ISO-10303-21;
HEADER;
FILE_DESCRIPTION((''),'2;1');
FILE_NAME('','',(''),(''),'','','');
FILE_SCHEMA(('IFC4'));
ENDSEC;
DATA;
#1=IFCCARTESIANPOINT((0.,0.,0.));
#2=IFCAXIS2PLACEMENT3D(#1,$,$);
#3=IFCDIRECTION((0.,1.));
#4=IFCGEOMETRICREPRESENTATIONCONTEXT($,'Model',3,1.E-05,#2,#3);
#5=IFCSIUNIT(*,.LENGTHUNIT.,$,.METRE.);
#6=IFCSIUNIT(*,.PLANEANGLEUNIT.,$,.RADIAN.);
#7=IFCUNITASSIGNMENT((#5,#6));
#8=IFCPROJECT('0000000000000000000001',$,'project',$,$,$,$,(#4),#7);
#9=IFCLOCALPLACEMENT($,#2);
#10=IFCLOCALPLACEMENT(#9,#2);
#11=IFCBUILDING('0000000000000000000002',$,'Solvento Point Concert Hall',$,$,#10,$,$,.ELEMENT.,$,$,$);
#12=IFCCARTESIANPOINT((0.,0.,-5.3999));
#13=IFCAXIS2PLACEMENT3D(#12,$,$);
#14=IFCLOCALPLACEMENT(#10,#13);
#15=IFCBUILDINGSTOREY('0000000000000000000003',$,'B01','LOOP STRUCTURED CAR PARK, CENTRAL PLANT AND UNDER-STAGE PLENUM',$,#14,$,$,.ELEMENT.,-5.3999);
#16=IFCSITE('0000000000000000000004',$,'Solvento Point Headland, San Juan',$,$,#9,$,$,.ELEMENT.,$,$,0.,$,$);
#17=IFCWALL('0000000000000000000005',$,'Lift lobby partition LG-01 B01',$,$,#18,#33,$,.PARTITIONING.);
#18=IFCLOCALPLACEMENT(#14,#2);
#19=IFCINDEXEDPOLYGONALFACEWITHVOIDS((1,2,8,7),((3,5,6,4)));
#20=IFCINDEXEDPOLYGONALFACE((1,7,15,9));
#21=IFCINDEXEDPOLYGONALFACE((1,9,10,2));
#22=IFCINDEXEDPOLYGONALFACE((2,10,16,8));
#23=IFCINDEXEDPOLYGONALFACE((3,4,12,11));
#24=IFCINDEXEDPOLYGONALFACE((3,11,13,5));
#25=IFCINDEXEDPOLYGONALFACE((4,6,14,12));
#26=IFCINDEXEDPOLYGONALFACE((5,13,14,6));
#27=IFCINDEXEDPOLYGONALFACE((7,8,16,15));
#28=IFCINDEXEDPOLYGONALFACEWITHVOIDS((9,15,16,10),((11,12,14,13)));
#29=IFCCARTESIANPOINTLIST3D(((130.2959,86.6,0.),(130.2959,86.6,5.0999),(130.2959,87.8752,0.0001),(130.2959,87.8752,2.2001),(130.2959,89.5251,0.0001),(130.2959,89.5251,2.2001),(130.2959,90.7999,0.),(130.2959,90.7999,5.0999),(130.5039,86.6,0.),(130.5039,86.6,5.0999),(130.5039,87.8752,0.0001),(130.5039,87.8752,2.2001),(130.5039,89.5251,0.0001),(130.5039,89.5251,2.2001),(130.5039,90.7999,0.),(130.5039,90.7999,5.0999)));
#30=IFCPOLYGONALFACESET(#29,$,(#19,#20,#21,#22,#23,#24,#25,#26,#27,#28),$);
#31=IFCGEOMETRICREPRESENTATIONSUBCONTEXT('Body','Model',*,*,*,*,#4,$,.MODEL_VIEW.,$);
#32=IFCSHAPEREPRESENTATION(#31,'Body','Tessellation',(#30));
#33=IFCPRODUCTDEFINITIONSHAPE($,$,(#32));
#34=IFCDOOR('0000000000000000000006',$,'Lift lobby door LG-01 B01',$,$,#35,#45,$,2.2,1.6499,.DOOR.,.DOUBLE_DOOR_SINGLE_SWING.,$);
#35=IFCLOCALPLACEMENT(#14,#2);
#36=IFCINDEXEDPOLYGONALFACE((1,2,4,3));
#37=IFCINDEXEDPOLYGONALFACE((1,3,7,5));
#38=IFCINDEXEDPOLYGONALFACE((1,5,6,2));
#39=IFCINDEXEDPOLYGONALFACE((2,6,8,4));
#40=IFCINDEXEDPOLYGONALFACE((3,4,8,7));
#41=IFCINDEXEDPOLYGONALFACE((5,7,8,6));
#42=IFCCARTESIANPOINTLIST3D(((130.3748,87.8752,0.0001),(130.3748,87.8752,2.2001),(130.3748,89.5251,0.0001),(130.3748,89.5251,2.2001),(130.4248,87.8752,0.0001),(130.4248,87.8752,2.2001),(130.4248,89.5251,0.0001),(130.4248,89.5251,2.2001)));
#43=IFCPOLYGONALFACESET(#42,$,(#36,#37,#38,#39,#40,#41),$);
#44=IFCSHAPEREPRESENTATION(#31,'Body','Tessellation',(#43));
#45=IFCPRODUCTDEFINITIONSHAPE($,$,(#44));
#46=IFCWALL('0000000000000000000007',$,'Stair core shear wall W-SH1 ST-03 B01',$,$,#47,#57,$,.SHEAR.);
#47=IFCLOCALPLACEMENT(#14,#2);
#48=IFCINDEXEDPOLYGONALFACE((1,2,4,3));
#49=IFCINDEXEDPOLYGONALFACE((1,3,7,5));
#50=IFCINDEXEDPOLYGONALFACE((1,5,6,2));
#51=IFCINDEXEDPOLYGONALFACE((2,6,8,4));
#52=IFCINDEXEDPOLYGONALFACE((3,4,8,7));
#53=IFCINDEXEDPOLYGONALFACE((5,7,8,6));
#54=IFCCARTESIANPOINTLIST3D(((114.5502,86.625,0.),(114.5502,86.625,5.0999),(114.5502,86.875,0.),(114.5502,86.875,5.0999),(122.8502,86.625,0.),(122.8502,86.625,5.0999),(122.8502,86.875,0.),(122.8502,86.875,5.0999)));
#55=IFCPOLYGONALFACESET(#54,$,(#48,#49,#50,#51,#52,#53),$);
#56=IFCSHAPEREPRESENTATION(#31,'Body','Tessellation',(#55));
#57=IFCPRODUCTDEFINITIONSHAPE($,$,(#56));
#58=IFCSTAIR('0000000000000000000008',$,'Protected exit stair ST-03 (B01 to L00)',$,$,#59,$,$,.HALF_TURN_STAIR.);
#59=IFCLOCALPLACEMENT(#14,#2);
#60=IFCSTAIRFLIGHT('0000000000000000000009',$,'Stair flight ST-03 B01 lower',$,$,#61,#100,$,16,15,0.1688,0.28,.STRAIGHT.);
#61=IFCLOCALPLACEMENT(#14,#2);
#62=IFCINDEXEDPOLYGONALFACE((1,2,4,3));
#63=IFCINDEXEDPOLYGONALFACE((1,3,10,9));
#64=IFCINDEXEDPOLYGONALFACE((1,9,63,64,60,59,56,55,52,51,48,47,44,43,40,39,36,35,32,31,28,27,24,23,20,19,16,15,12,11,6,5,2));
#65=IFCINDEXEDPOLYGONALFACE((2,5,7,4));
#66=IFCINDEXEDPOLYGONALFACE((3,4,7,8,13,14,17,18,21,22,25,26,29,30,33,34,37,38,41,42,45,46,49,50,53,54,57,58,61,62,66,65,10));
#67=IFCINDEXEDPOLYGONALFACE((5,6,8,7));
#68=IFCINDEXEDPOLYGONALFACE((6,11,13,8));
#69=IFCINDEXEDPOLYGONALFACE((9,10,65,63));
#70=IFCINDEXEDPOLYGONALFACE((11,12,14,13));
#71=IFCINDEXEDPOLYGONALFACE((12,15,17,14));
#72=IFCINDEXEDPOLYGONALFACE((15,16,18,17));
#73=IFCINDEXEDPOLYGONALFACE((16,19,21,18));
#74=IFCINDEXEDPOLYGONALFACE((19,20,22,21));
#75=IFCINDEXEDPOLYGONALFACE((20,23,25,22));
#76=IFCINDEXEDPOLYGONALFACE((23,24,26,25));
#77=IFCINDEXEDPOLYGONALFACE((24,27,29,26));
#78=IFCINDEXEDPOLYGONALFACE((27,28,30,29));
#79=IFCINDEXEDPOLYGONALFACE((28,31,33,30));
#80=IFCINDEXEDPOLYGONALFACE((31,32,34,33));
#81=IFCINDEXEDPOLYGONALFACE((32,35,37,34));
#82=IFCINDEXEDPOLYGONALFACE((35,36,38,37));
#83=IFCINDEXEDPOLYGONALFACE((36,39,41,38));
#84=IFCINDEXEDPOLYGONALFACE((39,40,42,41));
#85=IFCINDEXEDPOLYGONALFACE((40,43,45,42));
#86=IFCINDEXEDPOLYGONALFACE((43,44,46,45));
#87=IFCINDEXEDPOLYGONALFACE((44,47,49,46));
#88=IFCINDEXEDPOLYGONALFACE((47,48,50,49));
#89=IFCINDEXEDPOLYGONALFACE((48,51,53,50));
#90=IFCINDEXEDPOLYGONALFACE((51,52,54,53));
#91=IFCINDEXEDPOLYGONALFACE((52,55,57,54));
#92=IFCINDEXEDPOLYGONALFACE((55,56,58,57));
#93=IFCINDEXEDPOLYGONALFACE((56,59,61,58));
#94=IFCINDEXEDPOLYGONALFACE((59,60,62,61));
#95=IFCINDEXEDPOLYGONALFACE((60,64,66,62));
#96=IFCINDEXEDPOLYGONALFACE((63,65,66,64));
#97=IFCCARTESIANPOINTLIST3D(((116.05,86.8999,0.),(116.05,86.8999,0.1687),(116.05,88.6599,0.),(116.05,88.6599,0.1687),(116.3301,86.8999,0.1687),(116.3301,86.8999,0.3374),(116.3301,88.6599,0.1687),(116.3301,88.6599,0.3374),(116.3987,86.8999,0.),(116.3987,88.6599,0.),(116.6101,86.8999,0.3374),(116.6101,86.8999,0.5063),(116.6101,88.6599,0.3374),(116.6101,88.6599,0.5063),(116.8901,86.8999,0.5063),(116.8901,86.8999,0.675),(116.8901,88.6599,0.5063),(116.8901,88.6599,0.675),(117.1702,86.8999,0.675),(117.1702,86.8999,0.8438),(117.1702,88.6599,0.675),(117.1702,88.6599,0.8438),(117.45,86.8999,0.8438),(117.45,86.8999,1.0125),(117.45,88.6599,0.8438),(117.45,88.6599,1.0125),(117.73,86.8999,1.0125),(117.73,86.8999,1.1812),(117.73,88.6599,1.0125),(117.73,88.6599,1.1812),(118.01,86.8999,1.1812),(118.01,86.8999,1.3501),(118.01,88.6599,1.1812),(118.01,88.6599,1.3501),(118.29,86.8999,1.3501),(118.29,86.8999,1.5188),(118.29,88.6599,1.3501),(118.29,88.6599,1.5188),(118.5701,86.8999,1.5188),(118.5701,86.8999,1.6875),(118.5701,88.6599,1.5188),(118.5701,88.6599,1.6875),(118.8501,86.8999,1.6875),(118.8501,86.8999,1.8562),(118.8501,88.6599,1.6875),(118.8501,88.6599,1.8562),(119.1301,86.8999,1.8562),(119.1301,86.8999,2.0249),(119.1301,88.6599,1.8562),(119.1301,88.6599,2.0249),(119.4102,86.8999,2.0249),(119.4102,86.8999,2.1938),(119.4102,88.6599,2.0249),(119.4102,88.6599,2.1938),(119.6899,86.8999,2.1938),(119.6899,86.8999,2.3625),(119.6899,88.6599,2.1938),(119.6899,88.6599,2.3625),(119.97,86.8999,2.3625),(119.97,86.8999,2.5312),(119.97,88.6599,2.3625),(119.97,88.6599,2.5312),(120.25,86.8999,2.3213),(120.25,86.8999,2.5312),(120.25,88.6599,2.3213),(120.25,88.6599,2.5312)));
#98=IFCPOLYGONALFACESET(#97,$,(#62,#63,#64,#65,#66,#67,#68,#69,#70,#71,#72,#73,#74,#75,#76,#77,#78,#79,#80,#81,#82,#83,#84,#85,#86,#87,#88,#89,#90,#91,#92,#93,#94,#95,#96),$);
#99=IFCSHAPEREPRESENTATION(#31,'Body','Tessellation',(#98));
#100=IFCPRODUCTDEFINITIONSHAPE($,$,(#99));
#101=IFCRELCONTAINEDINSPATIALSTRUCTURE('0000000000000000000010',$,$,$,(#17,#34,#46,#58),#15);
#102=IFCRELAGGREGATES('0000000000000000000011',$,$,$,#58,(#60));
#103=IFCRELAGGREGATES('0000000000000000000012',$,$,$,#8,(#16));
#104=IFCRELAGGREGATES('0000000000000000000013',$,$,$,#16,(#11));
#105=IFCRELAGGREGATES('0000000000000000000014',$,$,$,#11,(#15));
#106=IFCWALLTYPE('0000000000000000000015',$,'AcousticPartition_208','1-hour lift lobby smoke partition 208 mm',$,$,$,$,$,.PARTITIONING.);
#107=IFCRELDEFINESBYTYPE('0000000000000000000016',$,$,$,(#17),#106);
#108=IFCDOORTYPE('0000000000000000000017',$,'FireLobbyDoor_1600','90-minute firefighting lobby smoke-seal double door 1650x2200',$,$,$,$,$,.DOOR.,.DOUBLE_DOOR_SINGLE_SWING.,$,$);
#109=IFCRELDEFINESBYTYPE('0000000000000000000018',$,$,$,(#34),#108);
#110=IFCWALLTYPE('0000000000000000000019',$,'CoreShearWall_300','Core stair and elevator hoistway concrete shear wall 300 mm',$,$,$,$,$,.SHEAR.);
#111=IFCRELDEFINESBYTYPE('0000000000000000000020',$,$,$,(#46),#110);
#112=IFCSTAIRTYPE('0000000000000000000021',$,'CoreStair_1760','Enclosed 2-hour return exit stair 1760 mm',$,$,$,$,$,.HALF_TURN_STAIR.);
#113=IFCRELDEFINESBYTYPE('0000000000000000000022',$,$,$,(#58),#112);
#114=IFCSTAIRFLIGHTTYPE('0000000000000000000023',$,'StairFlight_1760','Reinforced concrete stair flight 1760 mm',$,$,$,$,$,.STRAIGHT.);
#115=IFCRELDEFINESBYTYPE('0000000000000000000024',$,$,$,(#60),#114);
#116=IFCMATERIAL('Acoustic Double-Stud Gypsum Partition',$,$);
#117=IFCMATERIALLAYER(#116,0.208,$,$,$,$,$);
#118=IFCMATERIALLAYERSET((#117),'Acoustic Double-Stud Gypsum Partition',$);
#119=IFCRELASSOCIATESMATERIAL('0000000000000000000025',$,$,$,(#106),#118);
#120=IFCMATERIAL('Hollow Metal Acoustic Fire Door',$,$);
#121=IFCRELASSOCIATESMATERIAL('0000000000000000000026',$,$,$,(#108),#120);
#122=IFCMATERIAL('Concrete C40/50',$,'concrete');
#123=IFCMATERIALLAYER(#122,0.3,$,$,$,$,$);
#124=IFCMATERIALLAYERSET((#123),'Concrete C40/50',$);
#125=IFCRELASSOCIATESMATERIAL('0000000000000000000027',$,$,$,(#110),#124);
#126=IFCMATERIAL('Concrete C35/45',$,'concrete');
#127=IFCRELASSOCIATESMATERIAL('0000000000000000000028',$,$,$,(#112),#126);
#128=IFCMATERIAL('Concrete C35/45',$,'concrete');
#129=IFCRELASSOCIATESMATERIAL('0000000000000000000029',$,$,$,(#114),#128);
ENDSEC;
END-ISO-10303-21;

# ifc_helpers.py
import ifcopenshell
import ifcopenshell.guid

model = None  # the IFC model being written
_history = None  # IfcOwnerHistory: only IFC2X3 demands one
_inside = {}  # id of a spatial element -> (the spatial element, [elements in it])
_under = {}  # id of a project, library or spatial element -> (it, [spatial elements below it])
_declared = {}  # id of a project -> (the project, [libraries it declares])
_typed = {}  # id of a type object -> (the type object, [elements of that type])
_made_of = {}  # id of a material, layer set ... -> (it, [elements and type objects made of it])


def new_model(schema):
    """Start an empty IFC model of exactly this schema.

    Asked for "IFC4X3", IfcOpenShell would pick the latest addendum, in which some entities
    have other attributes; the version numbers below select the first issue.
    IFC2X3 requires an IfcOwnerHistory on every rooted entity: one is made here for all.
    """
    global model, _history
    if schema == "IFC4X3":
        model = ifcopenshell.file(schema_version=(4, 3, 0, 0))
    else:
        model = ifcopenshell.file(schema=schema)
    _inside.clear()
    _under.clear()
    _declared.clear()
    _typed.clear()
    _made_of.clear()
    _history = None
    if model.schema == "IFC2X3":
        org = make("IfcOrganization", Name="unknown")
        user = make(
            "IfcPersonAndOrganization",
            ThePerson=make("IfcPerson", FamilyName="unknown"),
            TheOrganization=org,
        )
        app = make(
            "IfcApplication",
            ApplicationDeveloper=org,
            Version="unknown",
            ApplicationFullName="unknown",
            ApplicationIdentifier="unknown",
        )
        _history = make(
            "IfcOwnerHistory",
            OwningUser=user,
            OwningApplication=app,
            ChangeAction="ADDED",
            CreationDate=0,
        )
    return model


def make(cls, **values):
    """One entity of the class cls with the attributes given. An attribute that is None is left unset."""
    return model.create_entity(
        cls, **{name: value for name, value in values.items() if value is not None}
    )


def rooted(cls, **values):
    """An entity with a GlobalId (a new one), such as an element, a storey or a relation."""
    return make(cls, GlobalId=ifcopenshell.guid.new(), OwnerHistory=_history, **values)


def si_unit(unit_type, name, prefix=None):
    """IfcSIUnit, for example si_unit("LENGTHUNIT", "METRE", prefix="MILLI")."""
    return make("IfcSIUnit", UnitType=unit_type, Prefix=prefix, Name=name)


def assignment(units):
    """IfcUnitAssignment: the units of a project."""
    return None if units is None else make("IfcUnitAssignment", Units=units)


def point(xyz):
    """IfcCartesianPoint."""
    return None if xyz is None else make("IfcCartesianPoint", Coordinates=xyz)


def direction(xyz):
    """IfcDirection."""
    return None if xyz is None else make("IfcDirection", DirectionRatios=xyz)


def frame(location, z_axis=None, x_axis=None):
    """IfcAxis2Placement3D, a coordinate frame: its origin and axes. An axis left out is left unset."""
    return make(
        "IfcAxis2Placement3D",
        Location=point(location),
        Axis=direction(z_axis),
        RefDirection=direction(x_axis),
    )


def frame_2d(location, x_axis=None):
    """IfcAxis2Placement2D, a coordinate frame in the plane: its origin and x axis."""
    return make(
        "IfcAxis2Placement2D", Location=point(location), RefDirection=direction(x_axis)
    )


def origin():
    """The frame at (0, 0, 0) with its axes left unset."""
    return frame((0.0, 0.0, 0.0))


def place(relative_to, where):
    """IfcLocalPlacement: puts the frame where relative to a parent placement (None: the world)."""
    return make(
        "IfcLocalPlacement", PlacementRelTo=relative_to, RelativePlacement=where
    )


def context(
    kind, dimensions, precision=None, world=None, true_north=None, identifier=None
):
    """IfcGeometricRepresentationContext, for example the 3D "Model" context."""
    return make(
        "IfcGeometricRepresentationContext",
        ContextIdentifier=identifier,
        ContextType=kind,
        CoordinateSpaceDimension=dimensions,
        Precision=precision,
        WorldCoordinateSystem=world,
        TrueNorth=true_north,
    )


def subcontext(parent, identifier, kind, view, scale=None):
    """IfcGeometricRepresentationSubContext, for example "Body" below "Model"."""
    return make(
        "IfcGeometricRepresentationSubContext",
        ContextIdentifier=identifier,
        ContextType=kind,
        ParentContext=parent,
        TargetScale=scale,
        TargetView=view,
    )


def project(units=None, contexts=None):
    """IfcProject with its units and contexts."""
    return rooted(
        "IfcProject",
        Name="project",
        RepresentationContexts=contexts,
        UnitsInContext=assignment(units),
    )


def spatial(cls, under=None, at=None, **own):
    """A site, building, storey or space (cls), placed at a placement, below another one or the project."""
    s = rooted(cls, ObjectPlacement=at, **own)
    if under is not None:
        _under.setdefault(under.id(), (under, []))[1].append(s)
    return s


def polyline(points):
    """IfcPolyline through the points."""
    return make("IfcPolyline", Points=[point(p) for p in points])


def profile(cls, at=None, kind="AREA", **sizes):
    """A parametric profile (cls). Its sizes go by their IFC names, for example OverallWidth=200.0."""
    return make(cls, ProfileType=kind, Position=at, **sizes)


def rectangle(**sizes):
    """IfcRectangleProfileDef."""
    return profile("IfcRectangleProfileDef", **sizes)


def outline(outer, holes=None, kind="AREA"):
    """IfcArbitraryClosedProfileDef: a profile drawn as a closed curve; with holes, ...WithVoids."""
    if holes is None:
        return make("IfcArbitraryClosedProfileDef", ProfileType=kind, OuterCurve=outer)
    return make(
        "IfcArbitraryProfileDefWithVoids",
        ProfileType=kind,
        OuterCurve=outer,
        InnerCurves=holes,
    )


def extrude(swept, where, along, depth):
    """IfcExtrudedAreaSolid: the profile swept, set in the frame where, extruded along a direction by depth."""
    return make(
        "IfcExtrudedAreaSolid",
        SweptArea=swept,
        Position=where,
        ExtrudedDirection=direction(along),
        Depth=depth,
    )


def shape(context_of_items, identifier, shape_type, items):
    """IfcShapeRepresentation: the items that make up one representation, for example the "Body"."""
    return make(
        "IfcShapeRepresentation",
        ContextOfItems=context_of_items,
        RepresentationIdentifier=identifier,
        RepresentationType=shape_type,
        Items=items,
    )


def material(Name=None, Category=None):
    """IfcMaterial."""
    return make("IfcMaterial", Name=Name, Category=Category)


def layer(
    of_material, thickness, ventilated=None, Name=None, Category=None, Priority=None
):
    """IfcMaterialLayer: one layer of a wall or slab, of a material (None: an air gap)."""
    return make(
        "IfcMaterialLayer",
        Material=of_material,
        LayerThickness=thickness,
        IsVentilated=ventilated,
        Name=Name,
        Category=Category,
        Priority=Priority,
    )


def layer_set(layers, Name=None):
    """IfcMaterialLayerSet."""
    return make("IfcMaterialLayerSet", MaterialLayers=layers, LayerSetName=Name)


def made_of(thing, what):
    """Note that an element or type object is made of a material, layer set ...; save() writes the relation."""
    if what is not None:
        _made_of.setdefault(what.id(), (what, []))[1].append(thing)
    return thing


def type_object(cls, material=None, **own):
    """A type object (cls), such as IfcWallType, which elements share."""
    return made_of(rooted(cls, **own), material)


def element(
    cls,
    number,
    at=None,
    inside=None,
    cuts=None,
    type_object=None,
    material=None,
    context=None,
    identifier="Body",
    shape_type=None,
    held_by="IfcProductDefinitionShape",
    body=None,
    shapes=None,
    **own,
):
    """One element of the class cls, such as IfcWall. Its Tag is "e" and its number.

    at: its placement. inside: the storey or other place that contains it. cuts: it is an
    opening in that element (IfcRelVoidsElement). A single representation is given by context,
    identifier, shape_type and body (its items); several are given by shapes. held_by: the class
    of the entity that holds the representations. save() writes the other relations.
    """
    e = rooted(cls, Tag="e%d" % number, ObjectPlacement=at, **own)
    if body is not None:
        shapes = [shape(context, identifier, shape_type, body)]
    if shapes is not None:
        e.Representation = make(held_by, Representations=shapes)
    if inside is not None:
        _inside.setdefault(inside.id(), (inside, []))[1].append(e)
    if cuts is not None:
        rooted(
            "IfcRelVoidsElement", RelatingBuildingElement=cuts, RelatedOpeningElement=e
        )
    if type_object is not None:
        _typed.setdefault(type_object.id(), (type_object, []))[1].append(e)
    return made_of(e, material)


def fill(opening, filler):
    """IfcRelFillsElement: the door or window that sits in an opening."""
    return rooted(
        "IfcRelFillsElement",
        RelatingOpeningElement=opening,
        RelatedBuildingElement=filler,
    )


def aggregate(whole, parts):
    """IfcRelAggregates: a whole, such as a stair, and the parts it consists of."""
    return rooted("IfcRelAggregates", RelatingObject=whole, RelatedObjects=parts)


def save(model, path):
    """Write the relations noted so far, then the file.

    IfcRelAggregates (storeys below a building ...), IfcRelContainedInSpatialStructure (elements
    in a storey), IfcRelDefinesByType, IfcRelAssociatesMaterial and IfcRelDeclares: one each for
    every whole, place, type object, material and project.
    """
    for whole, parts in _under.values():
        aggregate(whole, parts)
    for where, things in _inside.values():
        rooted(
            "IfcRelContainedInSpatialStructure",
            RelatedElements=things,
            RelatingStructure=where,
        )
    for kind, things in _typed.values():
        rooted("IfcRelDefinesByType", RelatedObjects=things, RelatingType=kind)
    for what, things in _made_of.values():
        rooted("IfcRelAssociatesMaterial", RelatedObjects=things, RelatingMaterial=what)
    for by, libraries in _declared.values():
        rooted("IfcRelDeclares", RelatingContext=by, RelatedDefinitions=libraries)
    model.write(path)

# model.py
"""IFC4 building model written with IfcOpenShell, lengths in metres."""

from ifc_helpers import new_model, si_unit, direction, frame, frame_2d, origin, place, context, subcontext, project, spatial, polyline, rectangle, outline, extrude, material, layer, layer_set, type_object, element, fill, aggregate, save


model = new_model("IFC4")

# Units and contexts
model_context = context("Model", 3, precision=1e-05, world=origin(), true_north=direction((0.0, 1.0)))
body_context = subcontext(model_context, "Body", "Model", "MODEL_VIEW")
ifc_project = project(units=[si_unit("LENGTHUNIT", "METRE"), si_unit("PLANEANGLEUNIT", "RADIAN")], contexts=[model_context])

# Site, building, storey
site_placement = place(None, origin())
site = spatial("IfcSite", under=ifc_project, at=site_placement, Name="Solvento Point Headland, San Juan", CompositionType="ELEMENT", RefElevation=0.0)
building_placement = place(site_placement, origin())
building = spatial("IfcBuilding", under=site, at=building_placement, Name="Solvento Point Concert Hall", CompositionType="ELEMENT")
storey_placement = place(building_placement, frame((0.0, 0.0, -5.3999)))
storey = spatial("IfcBuildingStorey", under=building, at=storey_placement, Name="B01", Description="LOOP STRUCTURED CAR PARK, CENTRAL PLANT AND UNDER-STAGE PLENUM", CompositionType="ELEMENT", Elevation=-5.3999)

# Wall, opening, door
ifc_material_1 = material(Name="Acoustic Double-Stud Gypsum Partition")
ifc_layer_1 = layer(ifc_material_1, 0.208)
ifc_layer_set_1 = layer_set([ifc_layer_1], Name="Acoustic Double-Stud Gypsum Partition")
wall_type_1 = type_object("IfcWallType", Name="AcousticPartition_208", Description="1-hour lift lobby smoke partition 208 mm", PredefinedType="PARTITIONING", material=ifc_layer_set_1)
wall_1_placement = place(storey_placement, frame((130.3999, 90.8, 0.0), z_axis=(0.0, 0.0, 1.0), x_axis=(0.0, -1.0, 0.0)))
wall_1 = element("IfcWall", 1, at=wall_1_placement, inside=storey, type_object=wall_type_1, Name="Lift lobby partition LG-01 B01", PredefinedType="PARTITIONING", context=body_context, shape_type="SweptSolid", body=[
    extrude(rectangle(XDim=4.2, YDim=0.208, at=frame_2d((2.1001, 0.0))), origin(), (0.0, 0.0, 1.0), 5.0999),
])
opening_placement = place(wall_1_placement, frame((1.2749, 0.0, 0.0)))
opening = element("IfcOpeningElement", 2, at=opening_placement, cuts=wall_1, PredefinedType="OPENING", context=body_context, shape_type="SweptSolid", body=[
    extrude(rectangle(XDim=1.6499, YDim=2.2, at=frame_2d((0.825, 1.1001))), frame((0.0, 0.114, 0.0), z_axis=(0.0, -1.0, 0.0), x_axis=(1.0, 0.0, 0.0)), (0.0, 0.0, 1.0), 0.228),
])
ifc_material_2 = material(Name="Hollow Metal Acoustic Fire Door")
door_type = type_object("IfcDoorType", Name="FireLobbyDoor_1600", Description="90-minute firefighting lobby smoke-seal double door 1650x2200", OperationType="DOUBLE_DOOR_SINGLE_SWING", PredefinedType="DOOR", material=ifc_material_2)
door_placement = place(opening_placement, origin())
door = element("IfcDoor", 3, at=door_placement, inside=storey, type_object=door_type, Name="Lift lobby door LG-01 B01", OperationType="DOUBLE_DOOR_SINGLE_SWING", OverallHeight=2.2, OverallWidth=1.6499, PredefinedType="DOOR", context=body_context, shape_type="SweptSolid", body=[
    extrude(rectangle(XDim=1.6499, YDim=2.2, at=frame_2d((0.825, 1.1001))), frame((0.0, 0.0249, 0.0), z_axis=(0.0, -1.0, 0.0), x_axis=(1.0, 0.0, 0.0)), (0.0, 0.0, 1.0), 0.05),
])
fill(opening, door)

# Wall
ifc_material_3 = material(Name="Concrete C40/50", Category="concrete")
ifc_layer_2 = layer(ifc_material_3, 0.3)
ifc_layer_set_2 = layer_set([ifc_layer_2], Name="Concrete C40/50")
wall_type_2 = type_object("IfcWallType", Name="CoreShearWall_300", Description="Core stair and elevator hoistway concrete shear wall 300 mm", PredefinedType="SHEAR", material=ifc_layer_set_2)
wall_2_placement = place(storey_placement, frame((122.8501, 86.75, 0.0), z_axis=(0.0, 0.0, 1.0), x_axis=(-1.0, 0.0, 0.0)))
element("IfcWall", 4, at=wall_2_placement, inside=storey, type_object=wall_type_2, Name="Stair core shear wall W-SH1 ST-03 B01", PredefinedType="SHEAR", context=body_context, shape_type="SweptSolid", body=[
    extrude(rectangle(XDim=8.3, YDim=0.25, at=frame_2d((4.1499, 0.0))), origin(), (0.0, 0.0, 1.0), 5.0999),
])

# Stair, stair flight
ifc_material_4 = material(Name="Concrete C35/45", Category="concrete")
stair_type = type_object("IfcStairType", Name="CoreStair_1760", Description="Enclosed 2-hour return exit stair 1760 mm", PredefinedType="HALF_TURN_STAIR", material=ifc_material_4)
stair_placement = place(storey_placement, origin())
stair = element("IfcStair", 5, at=stair_placement, inside=storey, type_object=stair_type, Name="Protected exit stair ST-03 (B01 to L00)", PredefinedType="HALF_TURN_STAIR")
ifc_material_5 = material(Name="Concrete C35/45", Category="concrete")
stair_flight_type = type_object("IfcStairFlightType", Name="StairFlight_1760", Description="Reinforced concrete stair flight 1760 mm", PredefinedType="STRAIGHT", material=ifc_material_5)
stair_flight_placement = place(storey_placement, frame((116.05, 87.78, 0.0), z_axis=(0.0, 0.0, 1.0), x_axis=(1.0, 0.0, 0.0)))
stair_flight = element("IfcStairFlight", 6, at=stair_flight_placement, type_object=stair_flight_type, Name="Stair flight ST-03 B01 lower", NumberOfRisers=16, NumberOfTreads=15, PredefinedType="STRAIGHT", RiserHeight=0.1688, TreadLength=0.28, context=body_context, shape_type="SweptSolid", body=[
    extrude(outline(polyline([(0.0, 0.0), (0.0, 0.1687), (0.28, 0.1687), (0.28, 0.3374), (0.5601, 0.3374), (0.5601, 0.5063), (0.8401, 0.5063), (0.8401, 0.675), (1.1201, 0.675), (1.1201, 0.8438), (1.3999, 0.8438), (1.3999, 1.0125), (1.6799, 1.0125), (1.6799, 1.1812), (1.96, 1.1812), (1.96, 1.3501), (2.24, 1.3501), (2.24, 1.5188), (2.52, 1.5188), (2.52, 1.6875), (2.8, 1.6875), (2.8, 1.8562), (3.0801, 1.8562), (3.0801, 2.0249), (3.3601, 2.0249), (3.3601, 2.1938), (3.6399, 2.1938), (3.6399, 2.3625), (3.9199, 2.3625), (3.9199, 2.5312), (4.2, 2.5312), (4.2, 2.7), (4.2, 2.3213), (0.3486, 0.0), (0.0, 0.0)])), frame((0.0, 0.8799, 0.0), z_axis=(0.0, -1.0, 0.0), x_axis=(1.0, 0.0, 0.0)), (0.0, 0.0, 1.0), 1.76),
])
aggregate(stair, [stair_flight])

save(model, "model.ifc")
